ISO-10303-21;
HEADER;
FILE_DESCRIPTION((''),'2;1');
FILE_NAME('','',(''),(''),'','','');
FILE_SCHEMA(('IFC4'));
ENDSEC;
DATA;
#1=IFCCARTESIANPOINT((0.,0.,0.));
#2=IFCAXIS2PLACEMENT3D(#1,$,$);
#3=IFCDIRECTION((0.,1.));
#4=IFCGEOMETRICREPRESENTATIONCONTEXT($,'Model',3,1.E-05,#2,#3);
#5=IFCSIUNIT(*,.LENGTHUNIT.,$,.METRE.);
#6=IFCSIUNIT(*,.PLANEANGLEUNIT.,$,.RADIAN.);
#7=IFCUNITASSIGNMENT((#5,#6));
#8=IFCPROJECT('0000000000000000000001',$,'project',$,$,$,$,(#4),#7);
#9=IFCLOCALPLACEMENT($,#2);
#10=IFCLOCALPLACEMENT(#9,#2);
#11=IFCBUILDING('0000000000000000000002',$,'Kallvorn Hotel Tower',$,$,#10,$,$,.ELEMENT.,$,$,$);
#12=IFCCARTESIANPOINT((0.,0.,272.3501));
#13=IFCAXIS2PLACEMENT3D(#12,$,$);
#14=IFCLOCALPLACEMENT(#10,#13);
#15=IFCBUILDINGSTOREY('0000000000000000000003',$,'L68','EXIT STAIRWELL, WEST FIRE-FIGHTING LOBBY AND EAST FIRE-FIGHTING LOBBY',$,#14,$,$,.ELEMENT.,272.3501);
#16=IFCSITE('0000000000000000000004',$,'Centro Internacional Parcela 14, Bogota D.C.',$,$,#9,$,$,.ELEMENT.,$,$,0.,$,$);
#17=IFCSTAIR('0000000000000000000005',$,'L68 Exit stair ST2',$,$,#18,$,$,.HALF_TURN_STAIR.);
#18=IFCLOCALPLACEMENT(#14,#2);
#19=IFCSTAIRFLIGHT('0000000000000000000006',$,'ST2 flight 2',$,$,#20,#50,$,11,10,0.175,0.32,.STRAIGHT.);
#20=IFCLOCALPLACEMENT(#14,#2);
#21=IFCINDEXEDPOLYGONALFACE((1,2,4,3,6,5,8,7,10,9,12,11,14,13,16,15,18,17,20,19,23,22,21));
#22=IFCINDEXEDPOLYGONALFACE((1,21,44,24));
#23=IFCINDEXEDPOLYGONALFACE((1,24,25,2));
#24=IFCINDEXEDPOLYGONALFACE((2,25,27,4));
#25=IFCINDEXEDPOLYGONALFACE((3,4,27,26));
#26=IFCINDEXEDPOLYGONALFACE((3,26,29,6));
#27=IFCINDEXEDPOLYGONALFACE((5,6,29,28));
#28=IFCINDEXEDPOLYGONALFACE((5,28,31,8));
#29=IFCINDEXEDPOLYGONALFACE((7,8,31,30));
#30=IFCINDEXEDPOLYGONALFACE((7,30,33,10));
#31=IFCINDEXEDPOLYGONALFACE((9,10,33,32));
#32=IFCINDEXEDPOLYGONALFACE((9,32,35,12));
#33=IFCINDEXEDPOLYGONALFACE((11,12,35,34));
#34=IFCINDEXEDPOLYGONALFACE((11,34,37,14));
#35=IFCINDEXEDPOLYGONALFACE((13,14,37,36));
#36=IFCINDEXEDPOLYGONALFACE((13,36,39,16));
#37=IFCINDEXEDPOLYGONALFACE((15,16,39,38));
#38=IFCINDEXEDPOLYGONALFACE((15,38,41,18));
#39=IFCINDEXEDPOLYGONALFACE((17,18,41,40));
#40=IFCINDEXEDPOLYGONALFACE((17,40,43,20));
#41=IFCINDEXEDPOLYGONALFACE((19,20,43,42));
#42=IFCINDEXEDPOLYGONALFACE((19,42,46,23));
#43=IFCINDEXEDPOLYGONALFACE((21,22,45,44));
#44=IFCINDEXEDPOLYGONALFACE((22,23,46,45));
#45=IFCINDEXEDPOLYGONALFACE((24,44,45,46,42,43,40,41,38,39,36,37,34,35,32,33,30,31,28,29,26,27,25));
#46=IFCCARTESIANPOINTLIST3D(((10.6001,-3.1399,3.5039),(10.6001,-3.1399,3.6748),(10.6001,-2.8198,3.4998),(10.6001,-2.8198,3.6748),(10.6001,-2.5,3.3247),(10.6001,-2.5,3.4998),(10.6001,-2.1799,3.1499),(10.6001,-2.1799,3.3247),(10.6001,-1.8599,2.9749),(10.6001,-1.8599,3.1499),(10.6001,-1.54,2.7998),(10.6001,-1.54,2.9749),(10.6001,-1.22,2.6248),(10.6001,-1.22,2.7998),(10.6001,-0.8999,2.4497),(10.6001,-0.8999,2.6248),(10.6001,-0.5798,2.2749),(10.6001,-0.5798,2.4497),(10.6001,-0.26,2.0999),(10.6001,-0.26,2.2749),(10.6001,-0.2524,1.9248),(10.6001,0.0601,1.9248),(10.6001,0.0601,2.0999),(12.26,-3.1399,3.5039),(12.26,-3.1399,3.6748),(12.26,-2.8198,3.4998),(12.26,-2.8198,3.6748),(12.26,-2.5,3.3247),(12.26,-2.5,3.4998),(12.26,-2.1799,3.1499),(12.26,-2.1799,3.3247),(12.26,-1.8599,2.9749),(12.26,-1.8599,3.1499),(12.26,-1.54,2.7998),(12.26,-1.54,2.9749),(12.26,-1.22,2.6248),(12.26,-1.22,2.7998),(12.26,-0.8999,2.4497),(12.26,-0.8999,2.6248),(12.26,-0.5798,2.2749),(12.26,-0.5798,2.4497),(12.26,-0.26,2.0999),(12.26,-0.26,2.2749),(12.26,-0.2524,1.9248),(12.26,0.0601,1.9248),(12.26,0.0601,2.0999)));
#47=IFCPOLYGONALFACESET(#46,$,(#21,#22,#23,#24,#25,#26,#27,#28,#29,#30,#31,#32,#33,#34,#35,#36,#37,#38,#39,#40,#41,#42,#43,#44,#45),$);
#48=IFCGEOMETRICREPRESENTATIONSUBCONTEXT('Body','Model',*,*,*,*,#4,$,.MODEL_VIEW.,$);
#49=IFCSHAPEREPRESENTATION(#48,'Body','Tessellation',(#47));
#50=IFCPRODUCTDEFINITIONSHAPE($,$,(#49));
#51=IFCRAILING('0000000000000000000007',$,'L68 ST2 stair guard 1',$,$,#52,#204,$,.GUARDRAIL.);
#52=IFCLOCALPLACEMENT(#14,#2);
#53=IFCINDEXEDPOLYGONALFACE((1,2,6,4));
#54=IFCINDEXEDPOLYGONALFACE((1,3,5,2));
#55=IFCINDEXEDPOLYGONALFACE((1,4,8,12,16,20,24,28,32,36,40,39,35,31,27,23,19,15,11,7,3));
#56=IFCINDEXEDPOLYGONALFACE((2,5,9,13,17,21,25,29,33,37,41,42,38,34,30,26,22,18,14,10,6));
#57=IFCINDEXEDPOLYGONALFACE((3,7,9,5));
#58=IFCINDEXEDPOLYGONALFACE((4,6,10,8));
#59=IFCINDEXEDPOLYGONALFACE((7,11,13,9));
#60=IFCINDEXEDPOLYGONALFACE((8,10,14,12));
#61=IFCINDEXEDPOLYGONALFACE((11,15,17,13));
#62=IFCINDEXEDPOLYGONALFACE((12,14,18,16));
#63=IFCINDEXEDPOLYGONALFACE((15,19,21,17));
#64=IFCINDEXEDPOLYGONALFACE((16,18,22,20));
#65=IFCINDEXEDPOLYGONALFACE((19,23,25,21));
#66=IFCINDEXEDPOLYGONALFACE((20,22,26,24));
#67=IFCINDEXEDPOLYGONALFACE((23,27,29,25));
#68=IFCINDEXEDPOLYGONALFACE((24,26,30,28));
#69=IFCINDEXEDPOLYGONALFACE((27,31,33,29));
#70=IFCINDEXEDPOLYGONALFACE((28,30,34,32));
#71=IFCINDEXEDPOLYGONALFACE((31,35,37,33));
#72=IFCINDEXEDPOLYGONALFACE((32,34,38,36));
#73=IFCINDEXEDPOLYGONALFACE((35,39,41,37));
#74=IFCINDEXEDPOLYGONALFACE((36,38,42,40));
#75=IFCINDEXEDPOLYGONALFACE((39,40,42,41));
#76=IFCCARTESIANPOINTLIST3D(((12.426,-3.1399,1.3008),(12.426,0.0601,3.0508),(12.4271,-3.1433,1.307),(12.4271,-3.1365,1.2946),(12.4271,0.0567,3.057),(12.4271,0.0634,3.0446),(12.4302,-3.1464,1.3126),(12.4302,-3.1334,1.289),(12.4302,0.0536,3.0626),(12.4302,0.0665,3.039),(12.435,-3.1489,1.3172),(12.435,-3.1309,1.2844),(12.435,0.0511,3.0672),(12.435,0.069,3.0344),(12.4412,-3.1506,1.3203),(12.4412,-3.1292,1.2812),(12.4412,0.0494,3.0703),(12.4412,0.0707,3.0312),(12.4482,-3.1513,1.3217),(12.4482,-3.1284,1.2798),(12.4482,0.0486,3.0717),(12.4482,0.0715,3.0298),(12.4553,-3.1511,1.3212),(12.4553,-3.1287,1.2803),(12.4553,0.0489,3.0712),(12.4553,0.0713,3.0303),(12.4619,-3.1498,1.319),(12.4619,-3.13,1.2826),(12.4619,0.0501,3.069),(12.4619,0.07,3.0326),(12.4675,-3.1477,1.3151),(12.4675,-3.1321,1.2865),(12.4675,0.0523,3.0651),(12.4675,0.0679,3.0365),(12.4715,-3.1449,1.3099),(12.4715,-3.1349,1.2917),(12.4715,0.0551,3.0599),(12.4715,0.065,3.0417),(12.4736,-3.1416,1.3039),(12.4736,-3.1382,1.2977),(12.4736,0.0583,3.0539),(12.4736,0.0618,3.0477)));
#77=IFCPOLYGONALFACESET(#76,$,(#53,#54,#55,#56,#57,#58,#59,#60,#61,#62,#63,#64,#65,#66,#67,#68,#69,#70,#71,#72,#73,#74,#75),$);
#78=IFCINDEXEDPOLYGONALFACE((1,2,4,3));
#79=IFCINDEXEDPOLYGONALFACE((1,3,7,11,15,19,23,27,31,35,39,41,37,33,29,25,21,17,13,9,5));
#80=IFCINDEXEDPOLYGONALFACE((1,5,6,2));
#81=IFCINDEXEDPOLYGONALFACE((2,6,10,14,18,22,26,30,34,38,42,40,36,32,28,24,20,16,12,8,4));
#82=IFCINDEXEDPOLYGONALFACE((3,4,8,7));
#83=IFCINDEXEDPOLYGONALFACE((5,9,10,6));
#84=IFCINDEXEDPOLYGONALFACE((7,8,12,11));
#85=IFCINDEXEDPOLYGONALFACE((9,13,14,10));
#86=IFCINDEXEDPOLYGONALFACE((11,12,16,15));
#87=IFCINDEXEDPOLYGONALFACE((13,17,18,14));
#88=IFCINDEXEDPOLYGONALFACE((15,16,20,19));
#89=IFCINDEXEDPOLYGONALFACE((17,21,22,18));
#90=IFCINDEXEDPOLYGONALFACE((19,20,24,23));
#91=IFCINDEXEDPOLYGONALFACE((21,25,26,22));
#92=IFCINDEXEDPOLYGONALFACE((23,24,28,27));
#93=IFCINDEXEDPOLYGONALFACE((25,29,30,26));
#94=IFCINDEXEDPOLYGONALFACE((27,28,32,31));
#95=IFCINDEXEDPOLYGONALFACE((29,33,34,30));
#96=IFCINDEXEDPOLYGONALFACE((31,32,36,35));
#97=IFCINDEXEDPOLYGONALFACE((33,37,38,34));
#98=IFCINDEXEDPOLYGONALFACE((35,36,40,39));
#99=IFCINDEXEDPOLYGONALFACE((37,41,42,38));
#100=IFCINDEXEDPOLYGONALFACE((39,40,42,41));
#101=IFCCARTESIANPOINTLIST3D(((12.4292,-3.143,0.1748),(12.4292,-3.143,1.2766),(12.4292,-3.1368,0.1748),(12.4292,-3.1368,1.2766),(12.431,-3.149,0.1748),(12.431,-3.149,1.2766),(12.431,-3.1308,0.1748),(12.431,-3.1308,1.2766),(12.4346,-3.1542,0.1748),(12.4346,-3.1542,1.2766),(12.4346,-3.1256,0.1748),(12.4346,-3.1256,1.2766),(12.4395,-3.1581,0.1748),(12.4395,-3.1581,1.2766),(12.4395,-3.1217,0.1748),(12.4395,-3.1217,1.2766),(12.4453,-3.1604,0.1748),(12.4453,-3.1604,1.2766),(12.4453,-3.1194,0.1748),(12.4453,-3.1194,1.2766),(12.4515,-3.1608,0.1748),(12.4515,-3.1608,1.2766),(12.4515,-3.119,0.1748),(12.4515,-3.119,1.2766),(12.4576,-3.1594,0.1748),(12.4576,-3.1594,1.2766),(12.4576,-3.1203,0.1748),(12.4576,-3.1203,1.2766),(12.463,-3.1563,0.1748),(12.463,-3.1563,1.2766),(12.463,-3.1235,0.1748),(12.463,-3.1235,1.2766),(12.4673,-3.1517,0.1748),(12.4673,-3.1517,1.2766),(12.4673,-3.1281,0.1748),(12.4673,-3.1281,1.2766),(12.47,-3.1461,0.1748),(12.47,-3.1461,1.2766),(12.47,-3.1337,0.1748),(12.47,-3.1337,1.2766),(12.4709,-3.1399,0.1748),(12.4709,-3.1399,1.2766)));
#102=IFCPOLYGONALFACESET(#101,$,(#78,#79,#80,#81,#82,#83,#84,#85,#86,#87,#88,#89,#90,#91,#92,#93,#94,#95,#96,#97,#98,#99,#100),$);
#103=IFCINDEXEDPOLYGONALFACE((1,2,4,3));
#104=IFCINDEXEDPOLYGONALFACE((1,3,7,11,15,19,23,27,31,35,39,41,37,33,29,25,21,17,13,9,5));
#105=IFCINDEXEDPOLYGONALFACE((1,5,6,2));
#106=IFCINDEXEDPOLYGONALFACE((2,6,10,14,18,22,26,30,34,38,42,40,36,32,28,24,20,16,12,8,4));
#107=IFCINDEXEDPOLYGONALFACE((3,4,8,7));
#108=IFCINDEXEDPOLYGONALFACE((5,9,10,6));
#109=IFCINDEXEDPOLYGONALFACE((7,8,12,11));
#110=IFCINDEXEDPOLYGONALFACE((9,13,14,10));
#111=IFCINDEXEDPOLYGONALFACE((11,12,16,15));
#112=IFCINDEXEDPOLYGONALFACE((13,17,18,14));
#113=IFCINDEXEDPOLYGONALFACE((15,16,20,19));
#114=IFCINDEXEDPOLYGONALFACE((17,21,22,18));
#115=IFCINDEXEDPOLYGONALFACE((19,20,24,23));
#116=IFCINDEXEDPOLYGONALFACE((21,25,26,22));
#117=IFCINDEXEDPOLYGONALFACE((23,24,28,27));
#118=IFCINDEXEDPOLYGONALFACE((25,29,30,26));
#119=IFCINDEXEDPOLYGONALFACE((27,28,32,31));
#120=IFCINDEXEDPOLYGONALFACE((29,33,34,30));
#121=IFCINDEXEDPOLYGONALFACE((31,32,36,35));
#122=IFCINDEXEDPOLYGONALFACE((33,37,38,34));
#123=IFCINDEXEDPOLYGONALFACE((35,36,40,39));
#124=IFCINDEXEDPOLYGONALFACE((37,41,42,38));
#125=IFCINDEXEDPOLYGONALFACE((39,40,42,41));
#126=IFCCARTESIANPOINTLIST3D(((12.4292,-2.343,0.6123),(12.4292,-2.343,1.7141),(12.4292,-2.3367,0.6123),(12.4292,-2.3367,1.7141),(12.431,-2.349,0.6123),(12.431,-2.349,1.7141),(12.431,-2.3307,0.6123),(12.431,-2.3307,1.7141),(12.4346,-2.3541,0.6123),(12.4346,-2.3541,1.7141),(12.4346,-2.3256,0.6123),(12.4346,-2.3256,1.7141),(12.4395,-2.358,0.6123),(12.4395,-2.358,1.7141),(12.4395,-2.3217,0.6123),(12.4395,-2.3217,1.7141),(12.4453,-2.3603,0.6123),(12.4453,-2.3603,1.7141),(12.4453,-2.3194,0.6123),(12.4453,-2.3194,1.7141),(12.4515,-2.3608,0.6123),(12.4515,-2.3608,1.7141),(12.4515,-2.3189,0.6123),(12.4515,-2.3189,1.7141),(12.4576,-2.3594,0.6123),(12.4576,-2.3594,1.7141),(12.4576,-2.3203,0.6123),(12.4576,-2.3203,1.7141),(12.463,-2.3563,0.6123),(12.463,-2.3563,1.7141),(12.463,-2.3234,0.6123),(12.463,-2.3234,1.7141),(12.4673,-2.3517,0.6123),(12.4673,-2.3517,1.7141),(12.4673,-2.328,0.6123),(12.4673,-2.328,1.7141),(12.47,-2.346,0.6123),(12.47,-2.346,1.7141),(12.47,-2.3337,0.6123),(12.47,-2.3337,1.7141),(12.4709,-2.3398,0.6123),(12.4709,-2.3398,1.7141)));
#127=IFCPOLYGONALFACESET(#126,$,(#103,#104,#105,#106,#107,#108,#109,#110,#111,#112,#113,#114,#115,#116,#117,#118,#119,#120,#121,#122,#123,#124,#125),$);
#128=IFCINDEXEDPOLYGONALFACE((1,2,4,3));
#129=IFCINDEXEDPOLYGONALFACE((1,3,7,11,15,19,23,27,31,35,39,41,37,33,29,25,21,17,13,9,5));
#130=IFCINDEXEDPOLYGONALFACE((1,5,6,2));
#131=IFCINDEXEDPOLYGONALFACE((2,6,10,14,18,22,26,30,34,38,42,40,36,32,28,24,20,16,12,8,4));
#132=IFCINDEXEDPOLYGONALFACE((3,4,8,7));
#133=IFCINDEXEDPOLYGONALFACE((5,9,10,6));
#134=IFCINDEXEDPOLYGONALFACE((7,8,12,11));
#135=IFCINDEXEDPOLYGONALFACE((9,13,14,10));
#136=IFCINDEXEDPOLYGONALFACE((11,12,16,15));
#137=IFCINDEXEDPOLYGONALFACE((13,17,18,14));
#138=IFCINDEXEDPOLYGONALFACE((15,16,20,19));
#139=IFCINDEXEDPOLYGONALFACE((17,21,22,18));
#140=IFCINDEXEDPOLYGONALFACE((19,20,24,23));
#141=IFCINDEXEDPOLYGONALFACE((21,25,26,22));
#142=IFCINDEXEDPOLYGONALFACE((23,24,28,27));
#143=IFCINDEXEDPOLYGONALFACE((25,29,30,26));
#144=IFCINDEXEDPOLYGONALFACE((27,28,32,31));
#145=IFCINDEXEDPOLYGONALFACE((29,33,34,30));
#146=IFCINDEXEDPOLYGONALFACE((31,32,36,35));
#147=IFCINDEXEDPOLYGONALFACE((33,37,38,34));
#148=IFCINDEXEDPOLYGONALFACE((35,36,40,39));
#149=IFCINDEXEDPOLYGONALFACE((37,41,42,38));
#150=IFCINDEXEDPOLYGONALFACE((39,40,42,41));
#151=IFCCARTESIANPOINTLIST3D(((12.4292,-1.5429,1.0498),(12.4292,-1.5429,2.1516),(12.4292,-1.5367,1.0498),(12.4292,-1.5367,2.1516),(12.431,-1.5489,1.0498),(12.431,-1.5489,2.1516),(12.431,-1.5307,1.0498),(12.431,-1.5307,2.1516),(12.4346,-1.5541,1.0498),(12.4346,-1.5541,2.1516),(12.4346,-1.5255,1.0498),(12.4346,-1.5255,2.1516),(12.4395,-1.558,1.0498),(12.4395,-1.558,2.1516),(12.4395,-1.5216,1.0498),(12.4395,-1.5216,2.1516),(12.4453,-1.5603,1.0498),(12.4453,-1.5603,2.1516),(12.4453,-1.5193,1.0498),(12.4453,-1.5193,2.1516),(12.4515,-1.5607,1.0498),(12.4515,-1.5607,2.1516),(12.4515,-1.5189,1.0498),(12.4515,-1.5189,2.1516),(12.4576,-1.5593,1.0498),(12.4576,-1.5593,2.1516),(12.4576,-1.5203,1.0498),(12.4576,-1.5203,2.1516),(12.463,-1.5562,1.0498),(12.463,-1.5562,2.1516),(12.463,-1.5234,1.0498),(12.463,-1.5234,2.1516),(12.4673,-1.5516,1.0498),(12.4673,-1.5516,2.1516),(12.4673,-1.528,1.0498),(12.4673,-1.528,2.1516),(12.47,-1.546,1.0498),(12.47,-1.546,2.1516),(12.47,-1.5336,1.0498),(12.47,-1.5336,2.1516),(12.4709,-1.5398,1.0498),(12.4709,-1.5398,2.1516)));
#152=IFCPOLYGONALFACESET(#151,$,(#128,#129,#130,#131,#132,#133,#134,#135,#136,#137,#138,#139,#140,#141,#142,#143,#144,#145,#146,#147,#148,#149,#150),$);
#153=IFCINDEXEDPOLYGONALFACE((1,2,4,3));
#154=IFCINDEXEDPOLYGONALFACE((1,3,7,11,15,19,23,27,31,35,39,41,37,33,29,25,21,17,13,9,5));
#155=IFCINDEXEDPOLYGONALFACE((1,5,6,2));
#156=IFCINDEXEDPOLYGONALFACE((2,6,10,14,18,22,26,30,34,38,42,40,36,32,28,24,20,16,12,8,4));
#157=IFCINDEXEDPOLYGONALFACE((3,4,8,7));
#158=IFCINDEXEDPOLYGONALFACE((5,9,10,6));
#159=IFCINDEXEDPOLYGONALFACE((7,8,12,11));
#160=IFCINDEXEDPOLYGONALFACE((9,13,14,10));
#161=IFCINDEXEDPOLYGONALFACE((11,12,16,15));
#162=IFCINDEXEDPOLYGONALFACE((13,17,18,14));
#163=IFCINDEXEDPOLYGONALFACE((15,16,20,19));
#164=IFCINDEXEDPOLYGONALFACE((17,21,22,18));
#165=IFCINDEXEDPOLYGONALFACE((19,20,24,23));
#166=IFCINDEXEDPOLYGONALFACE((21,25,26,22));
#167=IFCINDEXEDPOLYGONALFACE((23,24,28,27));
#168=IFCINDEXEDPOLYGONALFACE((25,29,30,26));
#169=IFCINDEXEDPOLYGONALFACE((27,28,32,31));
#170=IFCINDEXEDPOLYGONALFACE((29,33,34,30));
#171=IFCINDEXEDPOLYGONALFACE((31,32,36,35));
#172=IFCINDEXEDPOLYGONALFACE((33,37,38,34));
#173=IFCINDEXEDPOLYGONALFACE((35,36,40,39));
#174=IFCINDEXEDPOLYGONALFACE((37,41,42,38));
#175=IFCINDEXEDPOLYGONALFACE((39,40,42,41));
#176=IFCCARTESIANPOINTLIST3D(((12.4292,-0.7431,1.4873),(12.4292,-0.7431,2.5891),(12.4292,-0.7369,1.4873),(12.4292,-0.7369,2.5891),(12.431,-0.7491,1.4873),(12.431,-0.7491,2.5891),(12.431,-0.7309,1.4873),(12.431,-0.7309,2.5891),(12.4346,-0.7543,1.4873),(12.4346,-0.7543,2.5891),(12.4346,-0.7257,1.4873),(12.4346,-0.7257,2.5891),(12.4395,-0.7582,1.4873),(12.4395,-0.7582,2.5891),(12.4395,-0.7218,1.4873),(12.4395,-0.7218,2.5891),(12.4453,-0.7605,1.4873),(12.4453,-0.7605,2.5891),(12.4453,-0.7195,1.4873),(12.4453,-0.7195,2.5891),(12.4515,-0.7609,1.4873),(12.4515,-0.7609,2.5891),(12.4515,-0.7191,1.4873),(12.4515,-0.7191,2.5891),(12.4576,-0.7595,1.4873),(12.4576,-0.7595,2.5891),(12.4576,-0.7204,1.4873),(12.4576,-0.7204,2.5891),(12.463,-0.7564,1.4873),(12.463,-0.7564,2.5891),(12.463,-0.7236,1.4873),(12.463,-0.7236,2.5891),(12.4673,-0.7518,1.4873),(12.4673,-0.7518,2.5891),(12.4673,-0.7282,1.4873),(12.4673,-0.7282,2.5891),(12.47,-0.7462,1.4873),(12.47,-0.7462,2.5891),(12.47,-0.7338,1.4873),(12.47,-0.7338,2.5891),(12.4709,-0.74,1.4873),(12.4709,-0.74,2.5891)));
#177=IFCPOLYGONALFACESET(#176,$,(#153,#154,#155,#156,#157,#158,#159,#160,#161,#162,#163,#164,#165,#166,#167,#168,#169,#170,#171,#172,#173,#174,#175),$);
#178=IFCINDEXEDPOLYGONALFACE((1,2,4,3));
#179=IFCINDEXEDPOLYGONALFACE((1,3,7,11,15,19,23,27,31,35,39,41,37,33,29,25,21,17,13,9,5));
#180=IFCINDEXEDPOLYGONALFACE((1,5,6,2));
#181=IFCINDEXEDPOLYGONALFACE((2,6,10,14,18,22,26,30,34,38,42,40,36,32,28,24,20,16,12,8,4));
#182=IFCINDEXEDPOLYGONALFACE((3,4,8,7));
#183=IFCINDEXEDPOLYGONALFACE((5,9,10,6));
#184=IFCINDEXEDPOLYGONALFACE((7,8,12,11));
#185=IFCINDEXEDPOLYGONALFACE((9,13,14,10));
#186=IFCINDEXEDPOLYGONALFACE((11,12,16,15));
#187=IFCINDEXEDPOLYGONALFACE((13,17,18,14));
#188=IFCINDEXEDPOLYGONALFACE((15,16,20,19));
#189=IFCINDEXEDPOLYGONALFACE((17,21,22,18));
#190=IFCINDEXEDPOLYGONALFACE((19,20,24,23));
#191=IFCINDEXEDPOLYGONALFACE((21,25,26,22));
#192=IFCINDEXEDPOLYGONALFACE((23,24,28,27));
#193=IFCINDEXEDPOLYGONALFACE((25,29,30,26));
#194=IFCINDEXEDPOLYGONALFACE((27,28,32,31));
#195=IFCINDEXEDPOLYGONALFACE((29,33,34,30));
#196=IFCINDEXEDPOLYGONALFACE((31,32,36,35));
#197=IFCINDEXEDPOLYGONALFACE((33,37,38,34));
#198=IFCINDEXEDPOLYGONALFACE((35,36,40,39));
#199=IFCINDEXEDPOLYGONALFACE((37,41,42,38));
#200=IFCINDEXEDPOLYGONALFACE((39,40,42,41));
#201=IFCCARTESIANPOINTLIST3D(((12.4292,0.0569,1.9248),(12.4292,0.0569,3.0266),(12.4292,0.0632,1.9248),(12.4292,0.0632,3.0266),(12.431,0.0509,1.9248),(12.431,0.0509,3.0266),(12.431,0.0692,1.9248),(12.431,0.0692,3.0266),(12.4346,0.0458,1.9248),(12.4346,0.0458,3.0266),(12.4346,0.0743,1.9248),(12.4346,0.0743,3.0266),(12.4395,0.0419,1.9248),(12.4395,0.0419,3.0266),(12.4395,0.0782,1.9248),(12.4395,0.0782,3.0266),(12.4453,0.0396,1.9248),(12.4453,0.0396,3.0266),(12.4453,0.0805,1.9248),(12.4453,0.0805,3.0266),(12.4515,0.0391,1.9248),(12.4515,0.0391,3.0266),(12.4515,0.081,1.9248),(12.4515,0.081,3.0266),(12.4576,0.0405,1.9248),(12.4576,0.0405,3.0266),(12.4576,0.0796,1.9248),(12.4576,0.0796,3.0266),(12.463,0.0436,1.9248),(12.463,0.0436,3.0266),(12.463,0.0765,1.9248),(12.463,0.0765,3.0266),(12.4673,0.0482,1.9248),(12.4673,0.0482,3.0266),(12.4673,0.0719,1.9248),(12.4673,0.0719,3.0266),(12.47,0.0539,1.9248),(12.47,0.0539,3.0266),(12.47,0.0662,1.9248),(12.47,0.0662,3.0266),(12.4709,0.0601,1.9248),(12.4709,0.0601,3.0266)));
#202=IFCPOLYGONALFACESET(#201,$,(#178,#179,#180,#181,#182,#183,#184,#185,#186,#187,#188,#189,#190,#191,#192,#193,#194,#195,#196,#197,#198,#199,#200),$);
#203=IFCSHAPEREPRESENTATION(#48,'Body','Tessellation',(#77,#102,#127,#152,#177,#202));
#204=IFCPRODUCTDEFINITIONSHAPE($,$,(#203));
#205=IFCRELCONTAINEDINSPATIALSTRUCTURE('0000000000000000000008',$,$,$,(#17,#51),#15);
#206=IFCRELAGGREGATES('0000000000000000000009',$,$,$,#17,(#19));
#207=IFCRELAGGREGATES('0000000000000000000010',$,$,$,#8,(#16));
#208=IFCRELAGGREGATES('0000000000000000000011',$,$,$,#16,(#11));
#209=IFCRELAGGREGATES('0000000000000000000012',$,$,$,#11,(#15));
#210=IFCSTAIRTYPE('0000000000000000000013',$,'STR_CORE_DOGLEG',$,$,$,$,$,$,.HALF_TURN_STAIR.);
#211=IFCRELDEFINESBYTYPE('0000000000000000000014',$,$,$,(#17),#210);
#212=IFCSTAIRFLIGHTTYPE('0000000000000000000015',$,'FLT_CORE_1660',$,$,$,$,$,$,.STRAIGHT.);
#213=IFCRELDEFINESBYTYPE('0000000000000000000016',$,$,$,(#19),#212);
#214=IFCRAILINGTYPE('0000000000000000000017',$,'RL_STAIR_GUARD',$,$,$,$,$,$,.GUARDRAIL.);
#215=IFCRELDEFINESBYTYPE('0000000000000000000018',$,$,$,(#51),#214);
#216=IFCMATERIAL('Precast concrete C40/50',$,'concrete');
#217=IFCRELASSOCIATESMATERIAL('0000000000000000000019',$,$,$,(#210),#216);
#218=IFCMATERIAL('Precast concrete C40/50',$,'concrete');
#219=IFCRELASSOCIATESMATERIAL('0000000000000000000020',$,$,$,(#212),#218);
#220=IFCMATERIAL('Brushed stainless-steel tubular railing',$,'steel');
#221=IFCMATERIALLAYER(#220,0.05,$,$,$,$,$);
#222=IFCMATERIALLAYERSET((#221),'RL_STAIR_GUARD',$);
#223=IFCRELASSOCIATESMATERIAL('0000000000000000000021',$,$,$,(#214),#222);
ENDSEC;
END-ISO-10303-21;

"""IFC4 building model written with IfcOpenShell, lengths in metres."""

from ifc_helpers import new_model, si_unit, direction, frame, origin, origin_2d, place, context, subcontext, project, spatial, polyline, circle, outline, extrude, material, layer, layer_set, type_object, element, aggregate, save


model = new_model("IFC4")

# Units and contexts
model_context = context("Model", 3, precision=1e-05, world=origin(), true_north=direction((0.0, 1.0)))
body_context = subcontext(model_context, "Body", "Model", "MODEL_VIEW")
ifc_project = project(units=[si_unit("LENGTHUNIT", "METRE"), si_unit("PLANEANGLEUNIT", "RADIAN")], contexts=[model_context])

# Site, building, storey
site_placement = place(None, origin())
site = spatial("IfcSite", under=ifc_project, at=site_placement, Name="Centro Internacional Parcela 14, Bogota D.C.", CompositionType="ELEMENT", RefElevation=0.0)
building_placement = place(site_placement, origin())
building = spatial("IfcBuilding", under=site, at=building_placement, Name="Kallvorn Hotel Tower", CompositionType="ELEMENT")
storey_placement = place(building_placement, frame((0.0, 0.0, 272.3501)))
storey = spatial("IfcBuildingStorey", under=building, at=storey_placement, Name="L68", Description="EXIT STAIRWELL, WEST FIRE-FIGHTING LOBBY AND EAST FIRE-FIGHTING LOBBY", CompositionType="ELEMENT", Elevation=272.3501)

# Stair
ifc_material_1 = material(Name="Precast concrete C40/50", Category="concrete")
stair_type = type_object("IfcStairType", Name="STR_CORE_DOGLEG", PredefinedType="HALF_TURN_STAIR", material=ifc_material_1)
stair_1_placement = place(storey_placement, origin())
stair_1 = element("IfcStair", 1, at=stair_1_placement, inside=storey, type_object=stair_type, Name="L68 Exit stair ST2", PredefinedType="HALF_TURN_STAIR")

# Stair flight
ifc_material_2 = material(Name="Precast concrete C40/50", Category="concrete")
stair_flight_type = type_object("IfcStairFlightType", Name="FLT_CORE_1660", PredefinedType="STRAIGHT", material=ifc_material_2)
stair_flight_1_placement = place(storey_placement, frame((11.4299, 0.0601, 1.9248), z_axis=(0.0, 0.0, 1.0), x_axis=(0.0, -1.0, 0.0)))
stair_flight_1 = element("IfcStairFlight", 2, at=stair_flight_1_placement, type_object=stair_flight_type, Name="ST2 flight 2", NumberOfRisers=11, NumberOfTreads=10, PredefinedType="STRAIGHT", RiserHeight=0.175, TreadLength=0.32, context=body_context, shape_type="SweptSolid", body=[
    extrude(outline(polyline([(0.0, 0.0), (0.0, 0.175), (0.3201, 0.175), (0.3201, 0.3501), (0.6399, 0.3501), (0.6399, 0.5249), (0.96, 0.5249), (0.96, 0.7), (1.28, 0.7), (1.28, 0.875), (1.6001, 0.875), (1.6001, 1.05), (1.9199, 1.05), (1.9199, 1.2251), (2.24, 1.2251), (2.24, 1.3999), (2.5601, 1.3999), (2.5601, 1.575), (2.8799, 1.575), (2.8799, 1.75), (3.2, 1.75), (3.2, 1.925), (3.2, 1.5791), (0.3125, 0.0), (0.0, 0.0)])), frame((0.0, 0.8301, 0.0), z_axis=(0.0, -1.0, 0.0), x_axis=(1.0, 0.0, 0.0)), (0.0, 0.0, 1.0), 1.6599),
])
aggregate(stair_1, [stair_flight_1])

# Railing
ifc_material_3 = material(Name="Brushed stainless-steel tubular railing", Category="steel")
ifc_layer_1 = layer(ifc_material_3, 0.05)
ifc_layer_set_1 = layer_set([ifc_layer_1], Name="RL_STAIR_GUARD")
railing_type_1 = type_object("IfcRailingType", Name="RL_STAIR_GUARD", PredefinedType="GUARDRAIL", material=ifc_layer_set_1)
railing_1_placement = place(storey_placement, frame((12.45, -3.1399, 0.1748)))
element("IfcRailing", 3, at=railing_1_placement, inside=storey, type_object=railing_type_1, Name="L68 ST2 stair guard 1", PredefinedType="GUARDRAIL", context=body_context, shape_type="SweptSolid", body=[
    extrude(circle(Radius=0.0239, at=origin_2d()), frame((0.0, 0.0, 1.126), z_axis=(0.0, 0.877368, 0.479818), x_axis=(-1.0, 0.0, 0.0)), (0.0, 0.0, 1.0), 3.6472),
    extrude(circle(Radius=0.021, at=origin_2d()), origin(), (0.0, 0.0, 1.0), 1.1018),
    extrude(circle(Radius=0.021, at=origin_2d()), frame((0.0, 0.8, 0.4375)), (0.0, 0.0, 1.0), 1.1018),
    extrude(circle(Radius=0.021, at=origin_2d()), frame((0.0, 1.6001, 0.875)), (0.0, 0.0, 1.0), 1.1018),
    extrude(circle(Radius=0.021, at=origin_2d()), frame((0.0, 2.3999, 1.3125)), (0.0, 0.0, 1.0), 1.1018),
    extrude(circle(Radius=0.021, at=origin_2d()), frame((0.0, 3.2, 1.75)), (0.0, 0.0, 1.0), 1.1018),
])

save(model, "model.ifc")
